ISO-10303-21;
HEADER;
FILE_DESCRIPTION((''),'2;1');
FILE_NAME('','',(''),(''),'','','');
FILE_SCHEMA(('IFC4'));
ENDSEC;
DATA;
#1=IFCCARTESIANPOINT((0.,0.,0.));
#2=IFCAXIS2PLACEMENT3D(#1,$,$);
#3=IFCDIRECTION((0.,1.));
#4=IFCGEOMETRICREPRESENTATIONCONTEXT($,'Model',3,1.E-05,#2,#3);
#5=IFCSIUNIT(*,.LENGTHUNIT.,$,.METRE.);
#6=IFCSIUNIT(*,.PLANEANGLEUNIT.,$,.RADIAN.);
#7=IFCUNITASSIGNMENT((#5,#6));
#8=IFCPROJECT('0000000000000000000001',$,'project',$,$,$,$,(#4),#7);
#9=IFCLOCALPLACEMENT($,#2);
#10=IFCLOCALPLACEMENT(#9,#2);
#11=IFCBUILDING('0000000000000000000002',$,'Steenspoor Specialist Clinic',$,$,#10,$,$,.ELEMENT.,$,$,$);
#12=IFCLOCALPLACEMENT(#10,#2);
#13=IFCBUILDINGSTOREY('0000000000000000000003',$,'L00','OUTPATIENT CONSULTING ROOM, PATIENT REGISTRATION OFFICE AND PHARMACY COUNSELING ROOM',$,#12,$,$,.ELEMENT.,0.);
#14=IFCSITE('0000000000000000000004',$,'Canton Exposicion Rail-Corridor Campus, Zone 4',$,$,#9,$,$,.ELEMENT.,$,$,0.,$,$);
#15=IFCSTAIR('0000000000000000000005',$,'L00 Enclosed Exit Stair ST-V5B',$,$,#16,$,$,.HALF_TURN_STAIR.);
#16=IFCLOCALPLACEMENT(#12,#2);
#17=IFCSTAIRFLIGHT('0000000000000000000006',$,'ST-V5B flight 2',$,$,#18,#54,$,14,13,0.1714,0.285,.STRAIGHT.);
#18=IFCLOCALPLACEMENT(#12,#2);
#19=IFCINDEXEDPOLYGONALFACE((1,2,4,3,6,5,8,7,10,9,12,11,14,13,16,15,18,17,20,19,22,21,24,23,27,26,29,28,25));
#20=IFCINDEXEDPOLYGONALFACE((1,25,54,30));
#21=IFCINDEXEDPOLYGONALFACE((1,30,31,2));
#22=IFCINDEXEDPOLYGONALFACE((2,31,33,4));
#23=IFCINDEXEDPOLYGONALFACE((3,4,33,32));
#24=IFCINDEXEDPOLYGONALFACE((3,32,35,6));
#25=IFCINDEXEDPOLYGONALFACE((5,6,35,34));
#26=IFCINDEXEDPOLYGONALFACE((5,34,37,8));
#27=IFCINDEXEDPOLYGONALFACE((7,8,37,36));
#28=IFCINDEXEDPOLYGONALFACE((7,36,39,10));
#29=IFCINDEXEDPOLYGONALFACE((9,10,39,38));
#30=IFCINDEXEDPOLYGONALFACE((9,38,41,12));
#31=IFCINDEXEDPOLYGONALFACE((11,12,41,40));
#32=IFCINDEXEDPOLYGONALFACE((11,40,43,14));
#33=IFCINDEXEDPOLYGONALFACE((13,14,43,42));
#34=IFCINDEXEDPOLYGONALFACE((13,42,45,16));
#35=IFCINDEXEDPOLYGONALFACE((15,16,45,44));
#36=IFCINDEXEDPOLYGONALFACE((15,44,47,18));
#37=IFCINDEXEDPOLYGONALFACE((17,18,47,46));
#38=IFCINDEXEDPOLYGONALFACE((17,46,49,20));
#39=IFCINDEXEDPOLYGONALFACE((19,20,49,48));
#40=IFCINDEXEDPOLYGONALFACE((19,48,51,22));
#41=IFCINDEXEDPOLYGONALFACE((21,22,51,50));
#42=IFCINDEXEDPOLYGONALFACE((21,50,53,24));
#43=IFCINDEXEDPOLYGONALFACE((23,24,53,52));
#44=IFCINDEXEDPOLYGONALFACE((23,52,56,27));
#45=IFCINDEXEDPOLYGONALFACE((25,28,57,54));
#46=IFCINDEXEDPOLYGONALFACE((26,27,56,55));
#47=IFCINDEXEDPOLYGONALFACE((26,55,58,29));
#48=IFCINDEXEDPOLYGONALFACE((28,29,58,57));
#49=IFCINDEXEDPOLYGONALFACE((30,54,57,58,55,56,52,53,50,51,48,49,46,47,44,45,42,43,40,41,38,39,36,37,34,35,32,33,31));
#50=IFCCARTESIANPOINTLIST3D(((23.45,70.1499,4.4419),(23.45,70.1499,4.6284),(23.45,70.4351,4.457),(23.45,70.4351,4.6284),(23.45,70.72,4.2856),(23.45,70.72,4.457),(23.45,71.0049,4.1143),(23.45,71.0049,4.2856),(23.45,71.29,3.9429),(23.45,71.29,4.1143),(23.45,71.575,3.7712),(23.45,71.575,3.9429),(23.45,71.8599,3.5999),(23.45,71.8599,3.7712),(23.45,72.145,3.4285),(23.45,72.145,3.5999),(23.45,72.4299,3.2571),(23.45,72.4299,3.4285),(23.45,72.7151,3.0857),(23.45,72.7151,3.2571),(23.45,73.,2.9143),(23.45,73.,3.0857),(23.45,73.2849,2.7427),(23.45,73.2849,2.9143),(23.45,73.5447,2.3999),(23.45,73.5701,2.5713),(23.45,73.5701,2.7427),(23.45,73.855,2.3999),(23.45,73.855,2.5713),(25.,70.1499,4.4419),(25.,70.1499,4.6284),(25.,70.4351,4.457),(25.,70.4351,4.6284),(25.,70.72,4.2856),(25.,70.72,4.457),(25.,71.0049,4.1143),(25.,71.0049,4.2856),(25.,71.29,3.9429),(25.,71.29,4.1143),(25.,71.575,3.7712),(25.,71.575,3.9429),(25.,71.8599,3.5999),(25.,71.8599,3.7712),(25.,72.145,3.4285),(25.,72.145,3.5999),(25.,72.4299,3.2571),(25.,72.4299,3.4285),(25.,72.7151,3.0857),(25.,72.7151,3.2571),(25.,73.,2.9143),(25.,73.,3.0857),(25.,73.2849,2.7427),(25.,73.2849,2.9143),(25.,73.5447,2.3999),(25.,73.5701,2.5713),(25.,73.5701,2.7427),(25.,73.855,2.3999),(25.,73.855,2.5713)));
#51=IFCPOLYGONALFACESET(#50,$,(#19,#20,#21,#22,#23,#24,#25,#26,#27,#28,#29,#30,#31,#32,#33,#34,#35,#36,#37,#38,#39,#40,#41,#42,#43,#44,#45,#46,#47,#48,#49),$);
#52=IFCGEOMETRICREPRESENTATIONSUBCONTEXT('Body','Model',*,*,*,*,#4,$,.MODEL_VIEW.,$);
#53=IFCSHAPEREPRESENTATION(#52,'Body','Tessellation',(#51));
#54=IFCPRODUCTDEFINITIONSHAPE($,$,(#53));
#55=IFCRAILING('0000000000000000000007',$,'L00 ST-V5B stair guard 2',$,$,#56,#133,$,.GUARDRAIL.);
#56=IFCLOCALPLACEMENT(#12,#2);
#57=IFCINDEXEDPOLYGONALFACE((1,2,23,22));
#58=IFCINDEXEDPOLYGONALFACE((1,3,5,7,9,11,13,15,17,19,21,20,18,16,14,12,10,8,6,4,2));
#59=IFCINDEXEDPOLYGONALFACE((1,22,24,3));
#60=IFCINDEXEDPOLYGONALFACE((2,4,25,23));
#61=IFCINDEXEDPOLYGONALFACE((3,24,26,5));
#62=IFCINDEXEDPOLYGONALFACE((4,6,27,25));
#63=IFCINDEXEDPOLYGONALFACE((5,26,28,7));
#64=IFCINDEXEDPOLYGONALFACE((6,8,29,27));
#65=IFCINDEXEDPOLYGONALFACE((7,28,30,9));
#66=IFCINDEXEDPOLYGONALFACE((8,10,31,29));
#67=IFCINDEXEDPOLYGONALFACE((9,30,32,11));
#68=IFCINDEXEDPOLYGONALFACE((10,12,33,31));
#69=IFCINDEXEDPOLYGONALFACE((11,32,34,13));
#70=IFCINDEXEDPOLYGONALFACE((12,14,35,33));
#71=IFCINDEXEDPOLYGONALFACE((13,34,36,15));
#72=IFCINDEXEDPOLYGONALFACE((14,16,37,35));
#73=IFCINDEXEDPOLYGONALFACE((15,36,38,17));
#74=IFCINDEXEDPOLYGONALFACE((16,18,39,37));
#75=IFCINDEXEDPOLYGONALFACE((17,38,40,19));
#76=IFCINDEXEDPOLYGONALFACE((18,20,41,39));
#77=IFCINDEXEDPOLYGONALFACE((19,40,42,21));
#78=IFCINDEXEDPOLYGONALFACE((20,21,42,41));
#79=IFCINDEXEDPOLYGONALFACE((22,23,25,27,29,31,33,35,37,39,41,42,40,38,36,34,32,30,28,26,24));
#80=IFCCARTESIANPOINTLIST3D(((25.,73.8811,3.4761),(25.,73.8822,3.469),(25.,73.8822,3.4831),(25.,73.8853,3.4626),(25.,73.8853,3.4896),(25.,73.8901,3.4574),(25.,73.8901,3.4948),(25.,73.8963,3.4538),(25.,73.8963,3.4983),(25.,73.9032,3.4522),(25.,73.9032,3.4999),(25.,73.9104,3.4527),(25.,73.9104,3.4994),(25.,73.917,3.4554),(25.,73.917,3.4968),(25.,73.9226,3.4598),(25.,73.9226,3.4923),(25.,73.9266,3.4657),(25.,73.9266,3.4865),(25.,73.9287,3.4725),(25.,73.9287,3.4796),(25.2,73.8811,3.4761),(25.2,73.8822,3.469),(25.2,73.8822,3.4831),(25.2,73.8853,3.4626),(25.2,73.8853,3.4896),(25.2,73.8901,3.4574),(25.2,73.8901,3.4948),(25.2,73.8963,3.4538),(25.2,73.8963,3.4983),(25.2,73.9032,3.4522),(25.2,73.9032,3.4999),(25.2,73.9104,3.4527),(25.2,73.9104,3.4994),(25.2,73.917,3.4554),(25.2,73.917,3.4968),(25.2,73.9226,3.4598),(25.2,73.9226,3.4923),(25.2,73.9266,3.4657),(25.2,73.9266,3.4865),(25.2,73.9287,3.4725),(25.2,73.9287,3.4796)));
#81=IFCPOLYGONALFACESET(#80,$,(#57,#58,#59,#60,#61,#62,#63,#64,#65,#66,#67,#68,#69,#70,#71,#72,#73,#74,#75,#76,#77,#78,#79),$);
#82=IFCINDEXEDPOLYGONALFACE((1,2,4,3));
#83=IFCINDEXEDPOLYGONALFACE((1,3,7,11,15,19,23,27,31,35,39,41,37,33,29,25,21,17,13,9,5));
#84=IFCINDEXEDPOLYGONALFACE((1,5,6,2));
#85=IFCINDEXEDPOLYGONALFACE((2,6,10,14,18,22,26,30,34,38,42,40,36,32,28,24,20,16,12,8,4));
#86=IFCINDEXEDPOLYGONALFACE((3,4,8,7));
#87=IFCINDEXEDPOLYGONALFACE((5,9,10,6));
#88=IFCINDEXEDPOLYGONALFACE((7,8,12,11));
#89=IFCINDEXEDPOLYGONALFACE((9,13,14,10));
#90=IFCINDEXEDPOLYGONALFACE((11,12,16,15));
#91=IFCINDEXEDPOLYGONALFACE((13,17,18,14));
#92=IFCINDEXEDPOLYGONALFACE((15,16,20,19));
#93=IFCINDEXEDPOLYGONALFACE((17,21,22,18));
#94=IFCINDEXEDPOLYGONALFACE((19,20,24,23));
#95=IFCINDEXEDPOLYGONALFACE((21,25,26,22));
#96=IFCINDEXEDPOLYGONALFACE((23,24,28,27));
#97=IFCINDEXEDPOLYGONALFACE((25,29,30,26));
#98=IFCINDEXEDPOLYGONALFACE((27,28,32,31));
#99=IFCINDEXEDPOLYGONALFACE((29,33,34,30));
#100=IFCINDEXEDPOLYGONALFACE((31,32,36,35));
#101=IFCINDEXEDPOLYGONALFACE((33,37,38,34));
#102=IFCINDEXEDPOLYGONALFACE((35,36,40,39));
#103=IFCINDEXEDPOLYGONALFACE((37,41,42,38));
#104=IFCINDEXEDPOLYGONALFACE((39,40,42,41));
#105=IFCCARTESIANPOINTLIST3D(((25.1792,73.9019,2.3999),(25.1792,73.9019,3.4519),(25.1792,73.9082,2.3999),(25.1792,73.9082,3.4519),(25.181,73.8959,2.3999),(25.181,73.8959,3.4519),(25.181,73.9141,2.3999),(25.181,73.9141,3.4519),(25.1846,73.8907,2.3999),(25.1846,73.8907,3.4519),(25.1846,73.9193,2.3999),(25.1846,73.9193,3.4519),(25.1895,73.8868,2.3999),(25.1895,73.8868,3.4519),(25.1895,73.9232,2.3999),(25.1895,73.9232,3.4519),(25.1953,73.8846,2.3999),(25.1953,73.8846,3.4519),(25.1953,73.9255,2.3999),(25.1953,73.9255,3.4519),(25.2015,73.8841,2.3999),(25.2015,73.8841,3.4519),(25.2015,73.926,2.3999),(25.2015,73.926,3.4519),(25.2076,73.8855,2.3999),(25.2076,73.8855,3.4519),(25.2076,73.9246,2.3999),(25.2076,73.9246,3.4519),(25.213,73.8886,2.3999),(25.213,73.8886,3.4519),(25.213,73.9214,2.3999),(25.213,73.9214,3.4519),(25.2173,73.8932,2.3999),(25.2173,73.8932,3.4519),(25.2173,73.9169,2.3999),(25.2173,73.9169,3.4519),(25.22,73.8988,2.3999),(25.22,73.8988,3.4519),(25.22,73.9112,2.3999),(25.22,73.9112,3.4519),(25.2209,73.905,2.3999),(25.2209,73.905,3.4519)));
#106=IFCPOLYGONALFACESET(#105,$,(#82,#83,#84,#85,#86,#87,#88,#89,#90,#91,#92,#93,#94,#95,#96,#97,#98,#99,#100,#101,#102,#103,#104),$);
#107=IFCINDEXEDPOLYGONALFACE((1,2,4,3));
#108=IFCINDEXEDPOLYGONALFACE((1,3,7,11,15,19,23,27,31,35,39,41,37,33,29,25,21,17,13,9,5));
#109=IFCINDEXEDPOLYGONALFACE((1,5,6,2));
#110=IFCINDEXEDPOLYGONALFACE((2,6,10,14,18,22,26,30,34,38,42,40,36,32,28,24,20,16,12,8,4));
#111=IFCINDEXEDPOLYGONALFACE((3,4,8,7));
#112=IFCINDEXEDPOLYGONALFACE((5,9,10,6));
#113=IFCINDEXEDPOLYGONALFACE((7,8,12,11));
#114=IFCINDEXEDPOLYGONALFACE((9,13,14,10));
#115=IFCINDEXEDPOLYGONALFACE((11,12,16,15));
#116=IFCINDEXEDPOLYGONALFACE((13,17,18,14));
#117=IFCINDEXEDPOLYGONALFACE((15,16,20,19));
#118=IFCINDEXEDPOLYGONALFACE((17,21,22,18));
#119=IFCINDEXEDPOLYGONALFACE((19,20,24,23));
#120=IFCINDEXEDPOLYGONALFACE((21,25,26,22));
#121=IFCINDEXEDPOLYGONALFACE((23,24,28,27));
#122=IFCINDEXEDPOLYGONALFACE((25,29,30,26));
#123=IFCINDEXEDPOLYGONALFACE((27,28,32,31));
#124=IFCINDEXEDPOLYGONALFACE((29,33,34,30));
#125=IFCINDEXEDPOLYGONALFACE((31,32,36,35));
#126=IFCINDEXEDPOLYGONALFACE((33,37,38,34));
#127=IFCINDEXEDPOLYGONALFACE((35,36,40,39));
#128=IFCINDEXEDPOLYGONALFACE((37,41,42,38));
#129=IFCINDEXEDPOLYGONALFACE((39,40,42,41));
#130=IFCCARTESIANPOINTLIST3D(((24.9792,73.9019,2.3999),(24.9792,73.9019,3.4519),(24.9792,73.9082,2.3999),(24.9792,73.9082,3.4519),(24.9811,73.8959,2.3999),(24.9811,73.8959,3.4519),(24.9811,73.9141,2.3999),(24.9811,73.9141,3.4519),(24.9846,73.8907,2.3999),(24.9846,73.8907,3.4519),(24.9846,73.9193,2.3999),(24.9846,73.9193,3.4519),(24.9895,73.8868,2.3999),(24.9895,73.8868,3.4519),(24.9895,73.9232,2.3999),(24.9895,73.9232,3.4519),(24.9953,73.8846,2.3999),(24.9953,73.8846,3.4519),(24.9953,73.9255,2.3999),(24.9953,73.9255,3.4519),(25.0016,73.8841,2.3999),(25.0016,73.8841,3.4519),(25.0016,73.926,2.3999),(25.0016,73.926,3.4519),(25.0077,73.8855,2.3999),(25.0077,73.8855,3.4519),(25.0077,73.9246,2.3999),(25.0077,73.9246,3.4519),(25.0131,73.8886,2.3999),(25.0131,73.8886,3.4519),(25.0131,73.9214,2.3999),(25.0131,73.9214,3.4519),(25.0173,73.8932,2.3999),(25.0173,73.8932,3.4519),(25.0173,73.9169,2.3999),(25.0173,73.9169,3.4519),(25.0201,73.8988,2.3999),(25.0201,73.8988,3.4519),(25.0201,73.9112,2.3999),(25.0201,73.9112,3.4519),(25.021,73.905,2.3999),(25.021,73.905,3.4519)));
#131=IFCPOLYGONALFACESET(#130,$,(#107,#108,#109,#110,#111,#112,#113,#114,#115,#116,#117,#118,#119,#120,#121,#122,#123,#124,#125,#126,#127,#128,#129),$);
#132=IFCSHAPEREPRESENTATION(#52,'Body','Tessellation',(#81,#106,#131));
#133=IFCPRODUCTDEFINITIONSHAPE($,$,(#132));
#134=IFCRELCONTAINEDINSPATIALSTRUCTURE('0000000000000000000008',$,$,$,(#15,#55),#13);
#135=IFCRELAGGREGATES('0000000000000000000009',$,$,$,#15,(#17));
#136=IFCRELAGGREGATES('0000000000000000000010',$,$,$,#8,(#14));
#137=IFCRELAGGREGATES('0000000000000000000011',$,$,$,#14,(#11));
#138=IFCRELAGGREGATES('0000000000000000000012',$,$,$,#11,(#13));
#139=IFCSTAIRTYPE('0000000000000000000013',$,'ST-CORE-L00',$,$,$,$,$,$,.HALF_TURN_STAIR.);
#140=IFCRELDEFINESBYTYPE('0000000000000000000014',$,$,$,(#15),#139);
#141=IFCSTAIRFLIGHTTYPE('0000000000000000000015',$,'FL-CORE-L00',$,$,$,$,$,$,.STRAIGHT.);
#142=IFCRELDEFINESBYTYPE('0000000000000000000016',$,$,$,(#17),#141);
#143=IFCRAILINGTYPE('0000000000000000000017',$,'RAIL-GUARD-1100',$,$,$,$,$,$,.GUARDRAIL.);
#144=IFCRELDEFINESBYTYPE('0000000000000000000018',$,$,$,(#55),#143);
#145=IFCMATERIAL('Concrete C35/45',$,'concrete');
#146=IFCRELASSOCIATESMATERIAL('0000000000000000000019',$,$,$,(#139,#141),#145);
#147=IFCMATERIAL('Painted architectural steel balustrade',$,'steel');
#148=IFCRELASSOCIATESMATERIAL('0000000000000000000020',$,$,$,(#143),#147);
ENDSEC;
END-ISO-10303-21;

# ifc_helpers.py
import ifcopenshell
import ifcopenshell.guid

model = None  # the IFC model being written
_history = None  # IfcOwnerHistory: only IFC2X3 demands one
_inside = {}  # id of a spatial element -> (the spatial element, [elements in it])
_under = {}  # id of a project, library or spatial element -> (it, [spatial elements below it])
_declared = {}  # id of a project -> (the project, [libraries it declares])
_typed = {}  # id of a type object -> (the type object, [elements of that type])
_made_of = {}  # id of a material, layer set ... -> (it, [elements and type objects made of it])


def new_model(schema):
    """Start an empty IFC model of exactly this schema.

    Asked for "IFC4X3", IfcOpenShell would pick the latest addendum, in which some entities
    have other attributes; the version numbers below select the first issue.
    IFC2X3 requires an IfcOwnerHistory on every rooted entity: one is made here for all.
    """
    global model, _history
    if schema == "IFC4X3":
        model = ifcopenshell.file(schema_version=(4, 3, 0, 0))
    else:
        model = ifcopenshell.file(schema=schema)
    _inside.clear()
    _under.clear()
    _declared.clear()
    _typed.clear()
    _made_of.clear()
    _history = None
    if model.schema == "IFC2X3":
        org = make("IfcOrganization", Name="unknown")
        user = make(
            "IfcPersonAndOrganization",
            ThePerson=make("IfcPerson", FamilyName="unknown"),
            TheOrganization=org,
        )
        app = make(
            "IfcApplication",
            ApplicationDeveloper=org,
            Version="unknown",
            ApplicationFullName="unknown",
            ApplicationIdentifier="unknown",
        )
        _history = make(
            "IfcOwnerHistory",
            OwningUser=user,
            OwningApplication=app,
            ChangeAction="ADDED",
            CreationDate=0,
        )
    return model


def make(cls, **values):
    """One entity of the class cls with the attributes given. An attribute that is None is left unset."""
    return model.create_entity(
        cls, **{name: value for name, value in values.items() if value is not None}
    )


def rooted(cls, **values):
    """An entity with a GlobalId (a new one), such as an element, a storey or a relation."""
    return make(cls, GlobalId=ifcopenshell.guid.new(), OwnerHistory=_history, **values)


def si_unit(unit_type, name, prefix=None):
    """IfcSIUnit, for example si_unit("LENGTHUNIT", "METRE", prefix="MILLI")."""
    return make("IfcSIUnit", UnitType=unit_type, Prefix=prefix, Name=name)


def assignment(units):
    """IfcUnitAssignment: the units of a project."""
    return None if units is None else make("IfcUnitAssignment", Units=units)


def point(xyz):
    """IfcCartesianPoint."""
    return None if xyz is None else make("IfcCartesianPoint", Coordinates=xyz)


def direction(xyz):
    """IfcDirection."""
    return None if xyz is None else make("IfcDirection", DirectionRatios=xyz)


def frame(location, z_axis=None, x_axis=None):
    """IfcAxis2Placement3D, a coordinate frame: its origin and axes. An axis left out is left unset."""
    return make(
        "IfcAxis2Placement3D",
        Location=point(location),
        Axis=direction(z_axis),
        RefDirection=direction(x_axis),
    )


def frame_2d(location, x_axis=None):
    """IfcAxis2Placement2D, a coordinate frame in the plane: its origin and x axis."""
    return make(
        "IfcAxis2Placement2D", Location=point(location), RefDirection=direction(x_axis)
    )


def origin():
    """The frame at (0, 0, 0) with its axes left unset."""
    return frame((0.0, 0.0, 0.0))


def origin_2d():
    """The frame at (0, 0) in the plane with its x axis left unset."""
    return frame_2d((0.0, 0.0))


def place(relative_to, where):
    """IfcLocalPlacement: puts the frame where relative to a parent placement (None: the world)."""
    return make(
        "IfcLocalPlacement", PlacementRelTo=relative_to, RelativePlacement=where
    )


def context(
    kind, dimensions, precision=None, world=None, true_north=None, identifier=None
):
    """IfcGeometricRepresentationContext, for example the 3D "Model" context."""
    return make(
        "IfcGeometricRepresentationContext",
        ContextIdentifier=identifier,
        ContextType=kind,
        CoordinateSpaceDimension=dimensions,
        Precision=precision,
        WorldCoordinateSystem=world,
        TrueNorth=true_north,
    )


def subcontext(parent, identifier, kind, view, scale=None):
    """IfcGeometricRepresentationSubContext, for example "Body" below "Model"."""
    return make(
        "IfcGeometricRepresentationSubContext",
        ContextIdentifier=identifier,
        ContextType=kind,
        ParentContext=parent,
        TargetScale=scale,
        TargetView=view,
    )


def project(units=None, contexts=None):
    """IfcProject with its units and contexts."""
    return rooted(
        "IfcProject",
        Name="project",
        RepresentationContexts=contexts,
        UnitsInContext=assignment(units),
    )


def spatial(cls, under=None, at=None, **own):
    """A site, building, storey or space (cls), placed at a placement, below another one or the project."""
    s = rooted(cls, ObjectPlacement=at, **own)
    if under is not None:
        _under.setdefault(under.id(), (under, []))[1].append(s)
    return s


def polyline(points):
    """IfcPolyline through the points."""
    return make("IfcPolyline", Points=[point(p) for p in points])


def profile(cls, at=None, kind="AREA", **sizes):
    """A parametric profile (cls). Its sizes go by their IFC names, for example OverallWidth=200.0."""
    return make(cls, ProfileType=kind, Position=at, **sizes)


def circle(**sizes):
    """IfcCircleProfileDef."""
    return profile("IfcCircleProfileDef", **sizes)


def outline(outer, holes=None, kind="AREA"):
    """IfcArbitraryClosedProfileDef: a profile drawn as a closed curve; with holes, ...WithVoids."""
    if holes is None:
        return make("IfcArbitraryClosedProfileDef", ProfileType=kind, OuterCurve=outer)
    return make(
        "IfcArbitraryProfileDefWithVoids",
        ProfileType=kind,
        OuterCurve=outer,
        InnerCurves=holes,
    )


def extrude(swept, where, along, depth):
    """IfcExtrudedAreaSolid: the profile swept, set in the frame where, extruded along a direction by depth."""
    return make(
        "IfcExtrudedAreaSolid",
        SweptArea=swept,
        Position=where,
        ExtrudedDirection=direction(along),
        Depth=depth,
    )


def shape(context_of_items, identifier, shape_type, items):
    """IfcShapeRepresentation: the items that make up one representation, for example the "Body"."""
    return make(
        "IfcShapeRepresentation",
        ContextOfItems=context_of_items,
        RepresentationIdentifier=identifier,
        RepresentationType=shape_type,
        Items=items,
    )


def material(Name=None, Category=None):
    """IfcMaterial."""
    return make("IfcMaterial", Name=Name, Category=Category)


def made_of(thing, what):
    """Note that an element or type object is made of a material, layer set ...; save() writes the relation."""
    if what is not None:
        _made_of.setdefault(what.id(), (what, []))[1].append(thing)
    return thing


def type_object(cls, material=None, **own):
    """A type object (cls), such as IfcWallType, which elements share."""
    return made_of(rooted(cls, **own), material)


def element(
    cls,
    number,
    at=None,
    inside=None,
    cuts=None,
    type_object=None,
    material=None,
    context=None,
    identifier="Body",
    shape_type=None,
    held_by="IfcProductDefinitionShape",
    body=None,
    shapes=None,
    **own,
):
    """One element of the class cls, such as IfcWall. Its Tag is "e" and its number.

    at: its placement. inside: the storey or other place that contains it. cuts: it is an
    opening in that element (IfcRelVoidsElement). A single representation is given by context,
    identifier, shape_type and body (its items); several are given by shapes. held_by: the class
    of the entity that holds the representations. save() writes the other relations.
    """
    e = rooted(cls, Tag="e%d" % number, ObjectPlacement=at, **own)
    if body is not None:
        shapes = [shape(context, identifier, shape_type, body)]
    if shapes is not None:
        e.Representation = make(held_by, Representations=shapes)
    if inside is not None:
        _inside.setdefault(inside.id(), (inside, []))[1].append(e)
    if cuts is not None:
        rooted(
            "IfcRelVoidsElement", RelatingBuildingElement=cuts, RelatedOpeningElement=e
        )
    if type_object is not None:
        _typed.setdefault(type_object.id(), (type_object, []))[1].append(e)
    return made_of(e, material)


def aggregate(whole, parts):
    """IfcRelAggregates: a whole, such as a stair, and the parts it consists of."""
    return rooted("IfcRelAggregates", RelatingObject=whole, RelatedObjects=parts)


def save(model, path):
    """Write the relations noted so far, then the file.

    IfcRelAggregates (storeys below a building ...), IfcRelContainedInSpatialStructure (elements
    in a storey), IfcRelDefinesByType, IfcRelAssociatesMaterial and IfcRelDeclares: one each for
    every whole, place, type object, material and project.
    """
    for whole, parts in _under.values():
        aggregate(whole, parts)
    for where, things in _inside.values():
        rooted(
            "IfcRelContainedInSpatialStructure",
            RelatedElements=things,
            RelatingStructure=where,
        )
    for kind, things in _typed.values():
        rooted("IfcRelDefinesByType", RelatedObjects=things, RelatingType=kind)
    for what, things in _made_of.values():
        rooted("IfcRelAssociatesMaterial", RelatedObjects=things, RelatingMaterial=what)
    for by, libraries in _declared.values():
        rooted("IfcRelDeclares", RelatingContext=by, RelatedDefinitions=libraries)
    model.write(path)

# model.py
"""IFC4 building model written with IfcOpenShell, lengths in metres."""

from ifc_helpers import new_model, si_unit, direction, frame, origin, origin_2d, place, context, subcontext, project, spatial, polyline, circle, outline, extrude, material, type_object, element, aggregate, save


model = new_model("IFC4")

# Units and contexts
model_context = context("Model", 3, precision=1e-05, world=origin(), true_north=direction((0.0, 1.0)))
body_context = subcontext(model_context, "Body", "Model", "MODEL_VIEW")
ifc_project = project(units=[si_unit("LENGTHUNIT", "METRE"), si_unit("PLANEANGLEUNIT", "RADIAN")], contexts=[model_context])

# Site, building, storey
site_placement = place(None, origin())
site = spatial("IfcSite", under=ifc_project, at=site_placement, Name="Canton Exposicion Rail-Corridor Campus, Zone 4", CompositionType="ELEMENT", RefElevation=0.0)
building_placement = place(site_placement, origin())
building = spatial("IfcBuilding", under=site, at=building_placement, Name="Steenspoor Specialist Clinic", CompositionType="ELEMENT")
storey_placement = place(building_placement, origin())
storey = spatial("IfcBuildingStorey", under=building, at=storey_placement, Name="L00", Description="OUTPATIENT CONSULTING ROOM, PATIENT REGISTRATION OFFICE AND PHARMACY COUNSELING ROOM", CompositionType="ELEMENT", Elevation=0.0)

# Shared definitions
ifc_material_1 = material(Name="Concrete C35/45", Category="concrete")

# Stair, stair flight
stair_type = type_object("IfcStairType", Name="ST-CORE-L00", PredefinedType="HALF_TURN_STAIR", material=ifc_material_1)
stair_placement = place(storey_placement, origin())
stair = element("IfcStair", 1, at=stair_placement, inside=storey, type_object=stair_type, Name="L00 Enclosed Exit Stair ST-V5B", PredefinedType="HALF_TURN_STAIR")
stair_flight_type = type_object("IfcStairFlightType", Name="FL-CORE-L00", PredefinedType="STRAIGHT", material=ifc_material_1)
stair_flight_placement = place(storey_placement, frame((24.2251, 73.855, 2.3999), z_axis=(0.0, 0.0, 1.0), x_axis=(0.0, -1.0, 0.0)))
stair_flight = element("IfcStairFlight", 2, at=stair_flight_placement, type_object=stair_flight_type, Name="ST-V5B flight 2", NumberOfRisers=14, NumberOfTreads=13, PredefinedType="STRAIGHT", RiserHeight=0.1714, TreadLength=0.285, context=body_context, shape_type="SweptSolid", body=[
    extrude(outline(polyline([(0.0, 0.0), (0.0, 0.1714), (0.2849, 0.1714), (0.2849, 0.3428), (0.5701, 0.3428), (0.5701, 0.5144), (0.855, 0.5144), (0.855, 0.6858), (1.1399, 0.6858), (1.1399, 0.8572), (1.425, 0.8572), (1.425, 1.0286), (1.71, 1.0286), (1.71, 1.2), (1.9951, 1.2), (1.9951, 1.3713), (2.28, 1.3713), (2.28, 1.543), (2.5649, 1.543), (2.5649, 1.7144), (2.8501, 1.7144), (2.8501, 1.8857), (3.135, 1.8857), (3.135, 2.0571), (3.4199, 2.0571), (3.4199, 2.2285), (3.7051, 2.2285), (3.7051, 2.3999), (3.7051, 2.042), (0.3103, 0.0), (0.0, 0.0)])), frame((0.0, 0.7749, 0.0), z_axis=(0.0, -1.0, 0.0), x_axis=(1.0, 0.0, 0.0)), (0.0, 0.0, 1.0), 1.55),
])
aggregate(stair, [stair_flight])

# Railing
ifc_material_2 = material(Name="Painted architectural steel balustrade", Category="steel")
railing_type_1 = type_object("IfcRailingType", Name="RAIL-GUARD-1100", PredefinedType="GUARDRAIL", material=ifc_material_2)
railing_1_placement = place(storey_placement, frame((25.2, 73.905, 2.3999)))
element("IfcRailing", 3, at=railing_1_placement, inside=storey, type_object=railing_type_1, Name="L00 ST-V5B stair guard 2", PredefinedType="GUARDRAIL", context=body_context, shape_type="SweptSolid", body=[
    extrude(circle(Radius=0.0239, at=origin_2d()), frame((0.0, 0.0, 1.0762), z_axis=(-1.0, 0.0, 0.0), x_axis=(0.0, -1.0, 0.0)), (0.0, 0.0, 1.0), 0.2),
    extrude(circle(Radius=0.021, at=origin_2d()), origin(), (0.0, 0.0, 1.0), 1.052),
    extrude(circle(Radius=0.021, at=origin_2d()), frame((-0.2, 0.0, 0.0)), (0.0, 0.0, 1.0), 1.052),
])

save(model, "model.ifc")
